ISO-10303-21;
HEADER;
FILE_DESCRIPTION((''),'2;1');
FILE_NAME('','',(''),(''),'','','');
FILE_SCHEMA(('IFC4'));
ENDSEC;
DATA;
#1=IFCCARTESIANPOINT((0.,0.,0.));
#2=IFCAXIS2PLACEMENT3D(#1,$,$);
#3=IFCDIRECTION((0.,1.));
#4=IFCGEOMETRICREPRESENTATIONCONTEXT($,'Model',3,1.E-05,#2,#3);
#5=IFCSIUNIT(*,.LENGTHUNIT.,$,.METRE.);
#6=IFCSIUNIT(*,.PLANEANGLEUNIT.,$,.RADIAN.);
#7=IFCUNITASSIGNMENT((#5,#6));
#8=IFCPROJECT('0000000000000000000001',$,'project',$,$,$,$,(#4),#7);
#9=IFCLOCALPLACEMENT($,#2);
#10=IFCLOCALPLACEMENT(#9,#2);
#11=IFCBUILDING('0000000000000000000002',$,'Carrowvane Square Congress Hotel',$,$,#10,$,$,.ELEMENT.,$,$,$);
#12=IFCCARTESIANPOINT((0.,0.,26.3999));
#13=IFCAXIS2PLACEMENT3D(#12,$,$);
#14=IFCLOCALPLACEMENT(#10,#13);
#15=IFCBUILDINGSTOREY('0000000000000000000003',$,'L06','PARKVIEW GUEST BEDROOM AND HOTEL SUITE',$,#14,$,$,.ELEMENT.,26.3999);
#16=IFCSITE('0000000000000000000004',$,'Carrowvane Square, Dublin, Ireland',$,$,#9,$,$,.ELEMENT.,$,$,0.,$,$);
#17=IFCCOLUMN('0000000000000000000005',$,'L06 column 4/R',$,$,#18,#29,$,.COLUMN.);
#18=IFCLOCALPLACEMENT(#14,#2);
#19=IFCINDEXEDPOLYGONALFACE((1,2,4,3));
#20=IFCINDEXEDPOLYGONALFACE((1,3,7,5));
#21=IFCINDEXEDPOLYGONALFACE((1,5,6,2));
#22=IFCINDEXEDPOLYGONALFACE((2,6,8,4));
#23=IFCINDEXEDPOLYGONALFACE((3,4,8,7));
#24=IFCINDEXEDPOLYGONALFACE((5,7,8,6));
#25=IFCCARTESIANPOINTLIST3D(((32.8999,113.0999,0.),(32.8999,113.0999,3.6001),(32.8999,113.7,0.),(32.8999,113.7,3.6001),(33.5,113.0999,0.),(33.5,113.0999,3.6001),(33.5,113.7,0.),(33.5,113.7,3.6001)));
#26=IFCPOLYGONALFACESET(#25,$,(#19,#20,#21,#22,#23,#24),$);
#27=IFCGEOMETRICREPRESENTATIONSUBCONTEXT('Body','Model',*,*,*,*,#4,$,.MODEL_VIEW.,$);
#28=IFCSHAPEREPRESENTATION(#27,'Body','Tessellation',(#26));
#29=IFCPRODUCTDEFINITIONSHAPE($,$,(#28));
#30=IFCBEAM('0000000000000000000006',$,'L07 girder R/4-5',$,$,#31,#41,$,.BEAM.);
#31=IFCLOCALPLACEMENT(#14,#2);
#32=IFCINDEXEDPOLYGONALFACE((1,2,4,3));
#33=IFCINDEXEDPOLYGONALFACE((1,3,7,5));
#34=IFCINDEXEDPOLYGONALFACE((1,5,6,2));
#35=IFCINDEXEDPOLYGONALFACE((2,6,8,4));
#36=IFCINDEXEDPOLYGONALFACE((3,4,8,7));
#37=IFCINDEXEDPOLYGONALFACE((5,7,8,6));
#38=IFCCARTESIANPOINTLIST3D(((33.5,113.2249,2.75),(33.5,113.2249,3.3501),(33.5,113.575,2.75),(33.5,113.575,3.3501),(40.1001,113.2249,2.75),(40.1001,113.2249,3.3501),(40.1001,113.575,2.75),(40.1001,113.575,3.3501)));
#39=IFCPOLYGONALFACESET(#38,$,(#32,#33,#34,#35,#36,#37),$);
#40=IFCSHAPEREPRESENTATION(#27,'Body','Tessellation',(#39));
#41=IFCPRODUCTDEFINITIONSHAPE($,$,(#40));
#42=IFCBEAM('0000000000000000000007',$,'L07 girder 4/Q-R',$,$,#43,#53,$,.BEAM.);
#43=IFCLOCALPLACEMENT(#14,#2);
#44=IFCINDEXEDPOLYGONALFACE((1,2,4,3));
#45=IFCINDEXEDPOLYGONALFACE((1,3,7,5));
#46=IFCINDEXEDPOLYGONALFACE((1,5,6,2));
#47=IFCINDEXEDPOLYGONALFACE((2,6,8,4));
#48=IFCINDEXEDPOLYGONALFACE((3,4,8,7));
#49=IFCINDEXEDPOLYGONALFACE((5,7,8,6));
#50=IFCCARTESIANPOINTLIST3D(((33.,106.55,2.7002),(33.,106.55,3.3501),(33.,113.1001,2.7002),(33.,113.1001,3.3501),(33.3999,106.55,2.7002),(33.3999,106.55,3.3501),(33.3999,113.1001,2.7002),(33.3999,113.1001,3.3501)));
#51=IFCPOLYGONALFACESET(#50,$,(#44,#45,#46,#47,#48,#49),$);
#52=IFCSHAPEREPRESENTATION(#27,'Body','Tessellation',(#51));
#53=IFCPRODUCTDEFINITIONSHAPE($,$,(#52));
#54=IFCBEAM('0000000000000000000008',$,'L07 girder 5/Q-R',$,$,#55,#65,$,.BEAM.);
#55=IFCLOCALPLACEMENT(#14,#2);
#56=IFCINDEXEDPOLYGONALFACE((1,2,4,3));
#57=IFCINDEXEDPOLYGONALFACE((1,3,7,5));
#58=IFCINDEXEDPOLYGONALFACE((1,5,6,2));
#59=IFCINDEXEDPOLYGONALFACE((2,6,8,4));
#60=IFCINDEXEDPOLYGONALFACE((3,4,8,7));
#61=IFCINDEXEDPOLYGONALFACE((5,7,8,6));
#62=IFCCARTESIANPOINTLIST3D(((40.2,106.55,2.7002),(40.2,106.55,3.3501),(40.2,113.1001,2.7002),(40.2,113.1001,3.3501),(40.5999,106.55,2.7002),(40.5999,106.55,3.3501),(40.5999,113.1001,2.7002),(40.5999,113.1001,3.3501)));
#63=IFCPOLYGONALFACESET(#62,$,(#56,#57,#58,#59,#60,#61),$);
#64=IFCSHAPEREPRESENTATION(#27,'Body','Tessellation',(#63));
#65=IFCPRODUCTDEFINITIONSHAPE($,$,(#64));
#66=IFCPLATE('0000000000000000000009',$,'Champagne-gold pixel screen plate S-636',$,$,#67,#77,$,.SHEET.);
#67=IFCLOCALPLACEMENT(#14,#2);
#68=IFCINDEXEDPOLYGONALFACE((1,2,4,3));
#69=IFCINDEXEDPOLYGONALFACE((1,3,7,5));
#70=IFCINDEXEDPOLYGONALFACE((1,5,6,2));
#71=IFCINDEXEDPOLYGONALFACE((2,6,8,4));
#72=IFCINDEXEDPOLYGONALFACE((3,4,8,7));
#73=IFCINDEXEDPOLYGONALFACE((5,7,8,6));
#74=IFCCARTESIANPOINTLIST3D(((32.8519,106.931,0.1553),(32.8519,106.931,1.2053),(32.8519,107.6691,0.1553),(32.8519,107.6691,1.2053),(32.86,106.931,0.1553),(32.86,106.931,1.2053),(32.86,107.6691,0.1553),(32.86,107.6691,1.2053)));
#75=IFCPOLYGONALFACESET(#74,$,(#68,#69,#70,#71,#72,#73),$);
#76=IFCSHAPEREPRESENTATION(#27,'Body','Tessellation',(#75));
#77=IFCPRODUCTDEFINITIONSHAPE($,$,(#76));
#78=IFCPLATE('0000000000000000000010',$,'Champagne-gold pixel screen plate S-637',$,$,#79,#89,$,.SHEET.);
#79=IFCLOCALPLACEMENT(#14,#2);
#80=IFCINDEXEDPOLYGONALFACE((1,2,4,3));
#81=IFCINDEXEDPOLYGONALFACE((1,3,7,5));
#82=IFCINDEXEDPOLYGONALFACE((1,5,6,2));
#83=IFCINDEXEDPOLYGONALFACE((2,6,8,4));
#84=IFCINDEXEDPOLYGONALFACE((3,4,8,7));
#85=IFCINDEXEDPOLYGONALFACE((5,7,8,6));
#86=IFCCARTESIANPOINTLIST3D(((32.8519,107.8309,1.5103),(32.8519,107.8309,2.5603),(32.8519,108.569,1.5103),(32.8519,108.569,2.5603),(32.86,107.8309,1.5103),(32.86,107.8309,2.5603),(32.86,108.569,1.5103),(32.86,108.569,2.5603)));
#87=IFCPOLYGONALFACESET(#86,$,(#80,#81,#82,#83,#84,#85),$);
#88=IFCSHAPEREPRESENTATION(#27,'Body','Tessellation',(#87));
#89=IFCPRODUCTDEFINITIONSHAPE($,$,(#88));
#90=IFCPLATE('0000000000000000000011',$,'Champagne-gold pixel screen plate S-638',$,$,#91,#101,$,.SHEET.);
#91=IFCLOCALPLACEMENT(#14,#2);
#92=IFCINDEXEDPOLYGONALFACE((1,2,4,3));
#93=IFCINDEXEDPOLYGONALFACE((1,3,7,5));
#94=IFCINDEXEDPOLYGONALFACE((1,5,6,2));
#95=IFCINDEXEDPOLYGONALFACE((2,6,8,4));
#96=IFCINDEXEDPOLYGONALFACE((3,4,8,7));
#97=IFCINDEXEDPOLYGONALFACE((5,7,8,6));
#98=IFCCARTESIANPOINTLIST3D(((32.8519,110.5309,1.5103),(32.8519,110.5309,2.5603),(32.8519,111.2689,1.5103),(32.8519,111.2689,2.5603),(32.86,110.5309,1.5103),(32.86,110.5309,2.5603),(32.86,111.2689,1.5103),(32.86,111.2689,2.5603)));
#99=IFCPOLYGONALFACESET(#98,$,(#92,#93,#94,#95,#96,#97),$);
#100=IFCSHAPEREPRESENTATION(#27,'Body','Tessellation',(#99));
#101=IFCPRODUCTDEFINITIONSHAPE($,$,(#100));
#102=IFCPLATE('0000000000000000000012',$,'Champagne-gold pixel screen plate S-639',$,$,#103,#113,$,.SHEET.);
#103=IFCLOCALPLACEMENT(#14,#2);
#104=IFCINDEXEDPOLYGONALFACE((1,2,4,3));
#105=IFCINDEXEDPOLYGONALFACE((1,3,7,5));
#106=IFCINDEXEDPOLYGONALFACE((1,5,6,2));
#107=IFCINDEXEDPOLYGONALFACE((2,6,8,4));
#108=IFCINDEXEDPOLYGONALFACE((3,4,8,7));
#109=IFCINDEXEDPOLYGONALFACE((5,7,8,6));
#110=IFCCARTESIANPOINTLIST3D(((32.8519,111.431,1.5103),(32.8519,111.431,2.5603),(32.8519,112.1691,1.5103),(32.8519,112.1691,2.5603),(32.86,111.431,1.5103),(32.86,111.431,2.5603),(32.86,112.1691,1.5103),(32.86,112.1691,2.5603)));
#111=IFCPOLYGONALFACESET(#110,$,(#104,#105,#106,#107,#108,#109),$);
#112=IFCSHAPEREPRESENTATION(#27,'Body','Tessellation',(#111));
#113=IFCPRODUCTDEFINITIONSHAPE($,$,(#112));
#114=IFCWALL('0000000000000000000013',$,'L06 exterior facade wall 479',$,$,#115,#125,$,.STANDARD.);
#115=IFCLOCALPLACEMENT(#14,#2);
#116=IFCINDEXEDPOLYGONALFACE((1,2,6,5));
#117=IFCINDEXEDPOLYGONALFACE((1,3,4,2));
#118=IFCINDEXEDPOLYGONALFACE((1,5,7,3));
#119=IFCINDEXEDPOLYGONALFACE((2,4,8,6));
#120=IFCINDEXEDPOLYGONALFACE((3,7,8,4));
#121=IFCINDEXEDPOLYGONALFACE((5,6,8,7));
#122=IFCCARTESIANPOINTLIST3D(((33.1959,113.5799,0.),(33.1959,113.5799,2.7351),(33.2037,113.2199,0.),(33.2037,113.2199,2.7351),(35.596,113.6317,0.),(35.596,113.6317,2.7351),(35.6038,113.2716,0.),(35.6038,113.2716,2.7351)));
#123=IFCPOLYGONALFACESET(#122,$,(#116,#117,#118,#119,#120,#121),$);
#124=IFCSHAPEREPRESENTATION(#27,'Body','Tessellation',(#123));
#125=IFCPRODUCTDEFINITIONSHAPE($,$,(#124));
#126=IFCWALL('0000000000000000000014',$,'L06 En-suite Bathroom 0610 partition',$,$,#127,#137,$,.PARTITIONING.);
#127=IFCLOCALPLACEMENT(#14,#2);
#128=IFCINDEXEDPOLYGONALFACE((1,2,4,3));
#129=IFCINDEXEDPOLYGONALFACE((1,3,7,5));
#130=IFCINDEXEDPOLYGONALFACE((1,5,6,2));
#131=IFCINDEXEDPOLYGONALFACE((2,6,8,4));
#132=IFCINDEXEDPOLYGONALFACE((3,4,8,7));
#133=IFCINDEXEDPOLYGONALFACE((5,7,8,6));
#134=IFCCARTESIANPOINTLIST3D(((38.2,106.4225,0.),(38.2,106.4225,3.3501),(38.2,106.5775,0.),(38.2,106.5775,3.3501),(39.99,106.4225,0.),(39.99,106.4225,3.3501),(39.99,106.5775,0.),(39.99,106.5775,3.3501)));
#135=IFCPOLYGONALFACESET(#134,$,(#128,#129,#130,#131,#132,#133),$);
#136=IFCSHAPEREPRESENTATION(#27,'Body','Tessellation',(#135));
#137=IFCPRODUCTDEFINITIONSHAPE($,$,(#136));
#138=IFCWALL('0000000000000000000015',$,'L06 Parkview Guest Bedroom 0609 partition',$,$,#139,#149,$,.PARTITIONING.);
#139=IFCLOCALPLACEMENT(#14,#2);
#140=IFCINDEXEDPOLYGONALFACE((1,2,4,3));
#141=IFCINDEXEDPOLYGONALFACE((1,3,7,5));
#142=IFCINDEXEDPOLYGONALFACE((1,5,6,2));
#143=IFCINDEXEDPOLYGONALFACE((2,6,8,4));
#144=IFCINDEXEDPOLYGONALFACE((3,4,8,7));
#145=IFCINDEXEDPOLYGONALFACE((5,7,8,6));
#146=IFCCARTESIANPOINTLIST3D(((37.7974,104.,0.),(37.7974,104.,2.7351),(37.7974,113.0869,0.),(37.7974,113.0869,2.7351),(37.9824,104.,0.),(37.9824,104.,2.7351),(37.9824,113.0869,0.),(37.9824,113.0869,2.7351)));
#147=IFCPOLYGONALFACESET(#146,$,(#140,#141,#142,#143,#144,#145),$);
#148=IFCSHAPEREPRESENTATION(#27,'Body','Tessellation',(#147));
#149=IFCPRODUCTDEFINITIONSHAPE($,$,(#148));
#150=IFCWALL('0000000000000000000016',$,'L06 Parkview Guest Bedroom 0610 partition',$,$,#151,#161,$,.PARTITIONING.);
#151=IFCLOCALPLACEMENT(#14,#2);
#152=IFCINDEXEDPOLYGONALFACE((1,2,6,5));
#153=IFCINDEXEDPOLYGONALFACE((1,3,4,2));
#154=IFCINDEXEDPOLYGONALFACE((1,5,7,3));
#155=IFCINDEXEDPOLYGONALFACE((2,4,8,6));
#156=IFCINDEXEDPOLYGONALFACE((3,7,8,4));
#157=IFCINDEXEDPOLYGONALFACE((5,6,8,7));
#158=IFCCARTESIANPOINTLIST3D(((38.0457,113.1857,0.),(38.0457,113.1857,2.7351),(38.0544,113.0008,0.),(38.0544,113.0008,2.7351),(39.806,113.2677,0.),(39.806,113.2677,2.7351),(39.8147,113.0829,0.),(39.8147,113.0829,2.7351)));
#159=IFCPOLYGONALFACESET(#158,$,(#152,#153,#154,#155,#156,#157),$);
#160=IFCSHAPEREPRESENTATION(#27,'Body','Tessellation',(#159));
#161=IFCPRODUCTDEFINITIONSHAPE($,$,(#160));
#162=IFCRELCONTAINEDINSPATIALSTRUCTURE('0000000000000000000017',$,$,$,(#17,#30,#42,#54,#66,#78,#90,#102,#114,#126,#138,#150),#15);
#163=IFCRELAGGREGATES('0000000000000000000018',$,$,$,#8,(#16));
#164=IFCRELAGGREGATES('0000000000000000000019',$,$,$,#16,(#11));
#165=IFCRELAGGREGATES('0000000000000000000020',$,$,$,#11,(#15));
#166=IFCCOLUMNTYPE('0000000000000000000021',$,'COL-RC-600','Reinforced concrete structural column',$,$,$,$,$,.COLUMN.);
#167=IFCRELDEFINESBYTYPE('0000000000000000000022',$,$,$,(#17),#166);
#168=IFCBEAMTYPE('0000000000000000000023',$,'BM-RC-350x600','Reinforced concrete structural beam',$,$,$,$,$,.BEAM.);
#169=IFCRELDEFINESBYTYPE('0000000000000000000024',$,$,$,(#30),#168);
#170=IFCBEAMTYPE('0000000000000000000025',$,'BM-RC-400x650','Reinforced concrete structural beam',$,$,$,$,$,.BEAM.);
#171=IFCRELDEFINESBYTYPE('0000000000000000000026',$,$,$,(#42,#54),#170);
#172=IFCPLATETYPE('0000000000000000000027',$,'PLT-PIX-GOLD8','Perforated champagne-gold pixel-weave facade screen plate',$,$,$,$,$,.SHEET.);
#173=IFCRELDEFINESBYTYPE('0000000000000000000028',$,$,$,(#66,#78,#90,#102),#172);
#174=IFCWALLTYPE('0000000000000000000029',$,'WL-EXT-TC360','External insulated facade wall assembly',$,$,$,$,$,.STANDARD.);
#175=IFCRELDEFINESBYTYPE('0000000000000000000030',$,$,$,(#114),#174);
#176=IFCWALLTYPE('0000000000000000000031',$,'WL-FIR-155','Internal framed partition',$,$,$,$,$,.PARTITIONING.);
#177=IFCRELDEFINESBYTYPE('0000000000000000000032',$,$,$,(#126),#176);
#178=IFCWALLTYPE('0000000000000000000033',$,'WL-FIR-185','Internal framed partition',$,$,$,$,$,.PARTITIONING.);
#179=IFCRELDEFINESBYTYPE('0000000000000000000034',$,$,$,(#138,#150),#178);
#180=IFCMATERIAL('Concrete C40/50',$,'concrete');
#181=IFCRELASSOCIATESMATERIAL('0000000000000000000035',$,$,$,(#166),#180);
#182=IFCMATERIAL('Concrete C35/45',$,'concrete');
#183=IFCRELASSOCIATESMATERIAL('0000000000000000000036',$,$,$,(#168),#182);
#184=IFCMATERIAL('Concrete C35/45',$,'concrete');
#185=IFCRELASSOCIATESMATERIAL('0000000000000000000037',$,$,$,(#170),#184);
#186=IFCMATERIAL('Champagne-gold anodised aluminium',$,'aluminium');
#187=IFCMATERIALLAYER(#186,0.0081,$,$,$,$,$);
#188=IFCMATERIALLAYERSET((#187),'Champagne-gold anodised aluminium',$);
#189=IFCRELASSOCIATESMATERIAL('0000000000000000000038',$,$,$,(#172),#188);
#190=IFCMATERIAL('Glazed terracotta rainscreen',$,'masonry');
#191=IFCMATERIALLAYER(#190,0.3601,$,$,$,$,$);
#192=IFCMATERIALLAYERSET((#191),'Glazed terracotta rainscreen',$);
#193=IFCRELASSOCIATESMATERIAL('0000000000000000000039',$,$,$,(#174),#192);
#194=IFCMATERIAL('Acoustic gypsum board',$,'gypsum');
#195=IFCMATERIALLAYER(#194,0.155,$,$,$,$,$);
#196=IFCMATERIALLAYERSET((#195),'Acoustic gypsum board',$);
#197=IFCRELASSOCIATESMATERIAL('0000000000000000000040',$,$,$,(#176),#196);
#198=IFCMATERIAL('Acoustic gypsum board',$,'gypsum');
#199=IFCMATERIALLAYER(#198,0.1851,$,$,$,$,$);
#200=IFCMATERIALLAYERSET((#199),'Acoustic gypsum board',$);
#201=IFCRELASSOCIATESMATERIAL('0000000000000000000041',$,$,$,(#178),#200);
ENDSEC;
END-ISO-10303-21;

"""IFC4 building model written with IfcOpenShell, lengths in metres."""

from ifc_helpers import new_model, si_unit, direction, frame, frame_2d, origin, origin_2d, place, context, subcontext, project, spatial, rectangle, extrude, material, layer, layer_set, material_profile, profile_set, type_object, element, save


model = new_model("IFC4")

# Units and contexts
model_context = context("Model", 3, precision=1e-05, world=origin(), true_north=direction((0.0, 1.0)))
body_context = subcontext(model_context, "Body", "Model", "MODEL_VIEW")
ifc_project = project(units=[si_unit("LENGTHUNIT", "METRE"), si_unit("PLANEANGLEUNIT", "RADIAN")], contexts=[model_context])

# Site, building, storey
site_placement = place(None, origin())
site = spatial("IfcSite", under=ifc_project, at=site_placement, Name="Carrowvane Square, Dublin, Ireland", CompositionType="ELEMENT", RefElevation=0.0)
building_placement = place(site_placement, origin())
building = spatial("IfcBuilding", under=site, at=building_placement, Name="Carrowvane Square Congress Hotel", CompositionType="ELEMENT")
storey_placement = place(building_placement, frame((0.0, 0.0, 26.3999)))
storey = spatial("IfcBuildingStorey", under=building, at=storey_placement, Name="L06", Description="PARKVIEW GUEST BEDROOM AND HOTEL SUITE", CompositionType="ELEMENT", Elevation=26.3999)

# Column
ifc_material_1 = material(Name="Concrete C40/50", Category="concrete")
ifc_material_profile_1 = material_profile(ifc_material_1, rectangle(XDim=0.6001, YDim=0.6001, at=origin_2d()), Name="RC 600x600")
ifc_profile_set_1 = profile_set([ifc_material_profile_1], Name="Concrete C40/50")
column_type = type_object("IfcColumnType", Name="COL-RC-600", Description="Reinforced concrete structural column", PredefinedType="COLUMN", material=ifc_profile_set_1)
column_placement = place(storey_placement, frame((33.2, 113.3999, 0.0), z_axis=(0.0, 0.0, 1.0), x_axis=(1.0, 0.0, 0.0)))
element("IfcColumn", 1, at=column_placement, inside=storey, type_object=column_type, Name="L06 column 4/R", PredefinedType="COLUMN", context=body_context, shape_type="SweptSolid", body=[
    extrude(rectangle(XDim=0.6001, YDim=0.6001, at=origin_2d()), origin(), (0.0, 0.0, 1.0), 3.6001),
])

# Beams
ifc_material_2 = material(Name="Concrete C35/45", Category="concrete")
ifc_material_profile_2 = material_profile(ifc_material_2, rectangle(XDim=0.3501, YDim=0.6001, at=origin_2d()), Name="RC 350x600")
ifc_profile_set_2 = profile_set([ifc_material_profile_2], Name="Concrete C35/45")
beam_type_1 = type_object("IfcBeamType", Name="BM-RC-350x600", Description="Reinforced concrete structural beam", PredefinedType="BEAM", material=ifc_profile_set_2)
beam_placement = place(storey_placement, frame((33.5, 113.3999, 3.05), z_axis=(1.0, 0.0, 0.0), x_axis=(0.0, 1.0, 0.0)))
element("IfcBeam", 2, at=beam_placement, inside=storey, type_object=beam_type_1, Name="L07 girder R/4-5", PredefinedType="BEAM", context=body_context, shape_type="SweptSolid", body=[
    extrude(rectangle(XDim=0.3501, YDim=0.6001, at=origin_2d()), origin(), (0.0, 0.0, 1.0), 6.6001),
])
ifc_material_3 = material(Name="Concrete C35/45", Category="concrete")
ifc_material_profile_3 = material_profile(ifc_material_3, rectangle(XDim=0.3999, YDim=0.6499, at=origin_2d()), Name="RC 400x650")
ifc_profile_set_3 = profile_set([ifc_material_profile_3], Name="Concrete C35/45")
beam_type_2 = type_object("IfcBeamType", Name="BM-RC-400x650", Description="Reinforced concrete structural beam", PredefinedType="BEAM", material=ifc_profile_set_3)
for number, where, z_axis, x_axis, name in (
    (3, (33.2, 106.55, 3.0251), (0.0, 1.0, 0.0), (-1.0, 0.0, 0.0), "L07 girder 4/Q-R"),
    (4, (40.3999, 106.55, 3.0251), (0.0, 1.0, 0.0), (-1.0, 0.0, 0.0), "L07 girder 5/Q-R"),
):
    element("IfcBeam", number, at=place(storey_placement, frame(where, z_axis=z_axis, x_axis=x_axis)), inside=storey, type_object=beam_type_2, Name=name, PredefinedType="BEAM", context=body_context, shape_type="SweptSolid", body=[
        extrude(rectangle(XDim=0.3999, YDim=0.6499, at=origin_2d()), origin(), (0.0, 0.0, 1.0), 6.55),
    ])

# Plates
ifc_material_4 = material(Name="Champagne-gold anodised aluminium", Category="aluminium")
ifc_layer_1 = layer(ifc_material_4, 0.0081)
ifc_layer_set_1 = layer_set([ifc_layer_1], Name="Champagne-gold anodised aluminium")
plate_type = type_object("IfcPlateType", Name="PLT-PIX-GOLD8", Description="Perforated champagne-gold pixel-weave facade screen plate", PredefinedType="SHEET", material=ifc_layer_set_1)
for number, where, z_axis, x_axis, name in (
    (5, (32.856, 107.3, 0.1553), (0.0, 0.0, 1.0), (0.0, 1.0, 0.0), "Champagne-gold pixel screen plate S-636"),
    (6, (32.856, 108.2, 1.5103), (0.0, 0.0, 1.0), (0.0, 1.0, 0.0), "Champagne-gold pixel screen plate S-637"),
    (7, (32.856, 110.8999, 1.5103), (0.0, 0.0, 1.0), (0.0, 1.0, 0.0), "Champagne-gold pixel screen plate S-638"),
    (8, (32.856, 111.8, 1.5103), (0.0, 0.0, 1.0), (0.0, 1.0, 0.0), "Champagne-gold pixel screen plate S-639"),
):
    element("IfcPlate", number, at=place(storey_placement, frame(where, z_axis=z_axis, x_axis=x_axis)), inside=storey, type_object=plate_type, Name=name, PredefinedType="SHEET", context=body_context, shape_type="SweptSolid", body=[
        extrude(rectangle(XDim=0.738, YDim=0.0081, at=origin_2d()), origin(), (0.0, 0.0, 1.0), 1.05),
    ])

# Walls
ifc_material_5 = material(Name="Glazed terracotta rainscreen", Category="masonry")
ifc_layer_2 = layer(ifc_material_5, 0.3601)
ifc_layer_set_2 = layer_set([ifc_layer_2], Name="Glazed terracotta rainscreen")
wall_type_1 = type_object("IfcWallType", Name="WL-EXT-TC360", Description="External insulated facade wall assembly", PredefinedType="STANDARD", material=ifc_layer_set_2)
wall_1_placement = place(storey_placement, frame((33.2, 113.3999, 0.0), z_axis=(0.0, 0.0, 1.0), x_axis=(0.999768, 0.021559, 0.0)))
element("IfcWall", 9, at=wall_1_placement, inside=storey, type_object=wall_type_1, Name="L06 exterior facade wall 479", PredefinedType="STANDARD", context=body_context, shape_type="SweptSolid", body=[
    extrude(rectangle(XDim=2.4006, YDim=0.3601, at=frame_2d((1.2002, 0.0))), origin(), (0.0, 0.0, 1.0), 2.7351),
])
ifc_material_6 = material(Name="Acoustic gypsum board", Category="gypsum")
ifc_layer_3 = layer(ifc_material_6, 0.155)
ifc_layer_set_3 = layer_set([ifc_layer_3], Name="Acoustic gypsum board")
wall_type_2 = type_object("IfcWallType", Name="WL-FIR-155", Description="Internal framed partition", PredefinedType="PARTITIONING", material=ifc_layer_set_3)
wall_2_placement = place(storey_placement, frame((38.2, 106.5, 0.0), z_axis=(0.0, 0.0, 1.0), x_axis=(1.0, 0.0, 0.0)))
element("IfcWall", 10, at=wall_2_placement, inside=storey, type_object=wall_type_2, Name="L06 En-suite Bathroom 0610 partition", PredefinedType="PARTITIONING", context=body_context, shape_type="SweptSolid", body=[
    extrude(rectangle(XDim=1.79, YDim=0.155, at=frame_2d((0.895, 0.0))), origin(), (0.0, 0.0, 1.0), 3.3501),
])
ifc_material_7 = material(Name="Acoustic gypsum board", Category="gypsum")
ifc_layer_4 = layer(ifc_material_7, 0.1851)
ifc_layer_set_4 = layer_set([ifc_layer_4], Name="Acoustic gypsum board")
wall_type_3 = type_object("IfcWallType", Name="WL-FIR-185", Description="Internal framed partition", PredefinedType="PARTITIONING", material=ifc_layer_set_4)
wall_3_placement = place(storey_placement, frame((37.8899, 113.0869, 0.0), z_axis=(0.0, 0.0, 1.0), x_axis=(0.0, -1.0, 0.0)))
element("IfcWall", 11, at=wall_3_placement, inside=storey, type_object=wall_type_3, Name="L06 Parkview Guest Bedroom 0609 partition", PredefinedType="PARTITIONING", context=body_context, shape_type="SweptSolid", body=[
    extrude(rectangle(XDim=9.0869, YDim=0.1851, at=frame_2d((4.5435, 0.0))), origin(), (0.0, 0.0, 1.0), 2.7351),
])
wall_4_placement = place(storey_placement, frame((38.05, 113.0933, 0.0), z_axis=(0.0, 0.0, 1.0), x_axis=(0.998916, 0.046551, 0.0)))
element("IfcWall", 12, at=wall_4_placement, inside=storey, type_object=wall_type_3, Name="L06 Parkview Guest Bedroom 0610 partition", PredefinedType="PARTITIONING", context=body_context, shape_type="SweptSolid", body=[
    extrude(rectangle(XDim=1.7622, YDim=0.1851, at=frame_2d((0.8811, 0.0))), origin(), (0.0, 0.0, 1.0), 2.7351),
])

save(model, "model.ifc")
